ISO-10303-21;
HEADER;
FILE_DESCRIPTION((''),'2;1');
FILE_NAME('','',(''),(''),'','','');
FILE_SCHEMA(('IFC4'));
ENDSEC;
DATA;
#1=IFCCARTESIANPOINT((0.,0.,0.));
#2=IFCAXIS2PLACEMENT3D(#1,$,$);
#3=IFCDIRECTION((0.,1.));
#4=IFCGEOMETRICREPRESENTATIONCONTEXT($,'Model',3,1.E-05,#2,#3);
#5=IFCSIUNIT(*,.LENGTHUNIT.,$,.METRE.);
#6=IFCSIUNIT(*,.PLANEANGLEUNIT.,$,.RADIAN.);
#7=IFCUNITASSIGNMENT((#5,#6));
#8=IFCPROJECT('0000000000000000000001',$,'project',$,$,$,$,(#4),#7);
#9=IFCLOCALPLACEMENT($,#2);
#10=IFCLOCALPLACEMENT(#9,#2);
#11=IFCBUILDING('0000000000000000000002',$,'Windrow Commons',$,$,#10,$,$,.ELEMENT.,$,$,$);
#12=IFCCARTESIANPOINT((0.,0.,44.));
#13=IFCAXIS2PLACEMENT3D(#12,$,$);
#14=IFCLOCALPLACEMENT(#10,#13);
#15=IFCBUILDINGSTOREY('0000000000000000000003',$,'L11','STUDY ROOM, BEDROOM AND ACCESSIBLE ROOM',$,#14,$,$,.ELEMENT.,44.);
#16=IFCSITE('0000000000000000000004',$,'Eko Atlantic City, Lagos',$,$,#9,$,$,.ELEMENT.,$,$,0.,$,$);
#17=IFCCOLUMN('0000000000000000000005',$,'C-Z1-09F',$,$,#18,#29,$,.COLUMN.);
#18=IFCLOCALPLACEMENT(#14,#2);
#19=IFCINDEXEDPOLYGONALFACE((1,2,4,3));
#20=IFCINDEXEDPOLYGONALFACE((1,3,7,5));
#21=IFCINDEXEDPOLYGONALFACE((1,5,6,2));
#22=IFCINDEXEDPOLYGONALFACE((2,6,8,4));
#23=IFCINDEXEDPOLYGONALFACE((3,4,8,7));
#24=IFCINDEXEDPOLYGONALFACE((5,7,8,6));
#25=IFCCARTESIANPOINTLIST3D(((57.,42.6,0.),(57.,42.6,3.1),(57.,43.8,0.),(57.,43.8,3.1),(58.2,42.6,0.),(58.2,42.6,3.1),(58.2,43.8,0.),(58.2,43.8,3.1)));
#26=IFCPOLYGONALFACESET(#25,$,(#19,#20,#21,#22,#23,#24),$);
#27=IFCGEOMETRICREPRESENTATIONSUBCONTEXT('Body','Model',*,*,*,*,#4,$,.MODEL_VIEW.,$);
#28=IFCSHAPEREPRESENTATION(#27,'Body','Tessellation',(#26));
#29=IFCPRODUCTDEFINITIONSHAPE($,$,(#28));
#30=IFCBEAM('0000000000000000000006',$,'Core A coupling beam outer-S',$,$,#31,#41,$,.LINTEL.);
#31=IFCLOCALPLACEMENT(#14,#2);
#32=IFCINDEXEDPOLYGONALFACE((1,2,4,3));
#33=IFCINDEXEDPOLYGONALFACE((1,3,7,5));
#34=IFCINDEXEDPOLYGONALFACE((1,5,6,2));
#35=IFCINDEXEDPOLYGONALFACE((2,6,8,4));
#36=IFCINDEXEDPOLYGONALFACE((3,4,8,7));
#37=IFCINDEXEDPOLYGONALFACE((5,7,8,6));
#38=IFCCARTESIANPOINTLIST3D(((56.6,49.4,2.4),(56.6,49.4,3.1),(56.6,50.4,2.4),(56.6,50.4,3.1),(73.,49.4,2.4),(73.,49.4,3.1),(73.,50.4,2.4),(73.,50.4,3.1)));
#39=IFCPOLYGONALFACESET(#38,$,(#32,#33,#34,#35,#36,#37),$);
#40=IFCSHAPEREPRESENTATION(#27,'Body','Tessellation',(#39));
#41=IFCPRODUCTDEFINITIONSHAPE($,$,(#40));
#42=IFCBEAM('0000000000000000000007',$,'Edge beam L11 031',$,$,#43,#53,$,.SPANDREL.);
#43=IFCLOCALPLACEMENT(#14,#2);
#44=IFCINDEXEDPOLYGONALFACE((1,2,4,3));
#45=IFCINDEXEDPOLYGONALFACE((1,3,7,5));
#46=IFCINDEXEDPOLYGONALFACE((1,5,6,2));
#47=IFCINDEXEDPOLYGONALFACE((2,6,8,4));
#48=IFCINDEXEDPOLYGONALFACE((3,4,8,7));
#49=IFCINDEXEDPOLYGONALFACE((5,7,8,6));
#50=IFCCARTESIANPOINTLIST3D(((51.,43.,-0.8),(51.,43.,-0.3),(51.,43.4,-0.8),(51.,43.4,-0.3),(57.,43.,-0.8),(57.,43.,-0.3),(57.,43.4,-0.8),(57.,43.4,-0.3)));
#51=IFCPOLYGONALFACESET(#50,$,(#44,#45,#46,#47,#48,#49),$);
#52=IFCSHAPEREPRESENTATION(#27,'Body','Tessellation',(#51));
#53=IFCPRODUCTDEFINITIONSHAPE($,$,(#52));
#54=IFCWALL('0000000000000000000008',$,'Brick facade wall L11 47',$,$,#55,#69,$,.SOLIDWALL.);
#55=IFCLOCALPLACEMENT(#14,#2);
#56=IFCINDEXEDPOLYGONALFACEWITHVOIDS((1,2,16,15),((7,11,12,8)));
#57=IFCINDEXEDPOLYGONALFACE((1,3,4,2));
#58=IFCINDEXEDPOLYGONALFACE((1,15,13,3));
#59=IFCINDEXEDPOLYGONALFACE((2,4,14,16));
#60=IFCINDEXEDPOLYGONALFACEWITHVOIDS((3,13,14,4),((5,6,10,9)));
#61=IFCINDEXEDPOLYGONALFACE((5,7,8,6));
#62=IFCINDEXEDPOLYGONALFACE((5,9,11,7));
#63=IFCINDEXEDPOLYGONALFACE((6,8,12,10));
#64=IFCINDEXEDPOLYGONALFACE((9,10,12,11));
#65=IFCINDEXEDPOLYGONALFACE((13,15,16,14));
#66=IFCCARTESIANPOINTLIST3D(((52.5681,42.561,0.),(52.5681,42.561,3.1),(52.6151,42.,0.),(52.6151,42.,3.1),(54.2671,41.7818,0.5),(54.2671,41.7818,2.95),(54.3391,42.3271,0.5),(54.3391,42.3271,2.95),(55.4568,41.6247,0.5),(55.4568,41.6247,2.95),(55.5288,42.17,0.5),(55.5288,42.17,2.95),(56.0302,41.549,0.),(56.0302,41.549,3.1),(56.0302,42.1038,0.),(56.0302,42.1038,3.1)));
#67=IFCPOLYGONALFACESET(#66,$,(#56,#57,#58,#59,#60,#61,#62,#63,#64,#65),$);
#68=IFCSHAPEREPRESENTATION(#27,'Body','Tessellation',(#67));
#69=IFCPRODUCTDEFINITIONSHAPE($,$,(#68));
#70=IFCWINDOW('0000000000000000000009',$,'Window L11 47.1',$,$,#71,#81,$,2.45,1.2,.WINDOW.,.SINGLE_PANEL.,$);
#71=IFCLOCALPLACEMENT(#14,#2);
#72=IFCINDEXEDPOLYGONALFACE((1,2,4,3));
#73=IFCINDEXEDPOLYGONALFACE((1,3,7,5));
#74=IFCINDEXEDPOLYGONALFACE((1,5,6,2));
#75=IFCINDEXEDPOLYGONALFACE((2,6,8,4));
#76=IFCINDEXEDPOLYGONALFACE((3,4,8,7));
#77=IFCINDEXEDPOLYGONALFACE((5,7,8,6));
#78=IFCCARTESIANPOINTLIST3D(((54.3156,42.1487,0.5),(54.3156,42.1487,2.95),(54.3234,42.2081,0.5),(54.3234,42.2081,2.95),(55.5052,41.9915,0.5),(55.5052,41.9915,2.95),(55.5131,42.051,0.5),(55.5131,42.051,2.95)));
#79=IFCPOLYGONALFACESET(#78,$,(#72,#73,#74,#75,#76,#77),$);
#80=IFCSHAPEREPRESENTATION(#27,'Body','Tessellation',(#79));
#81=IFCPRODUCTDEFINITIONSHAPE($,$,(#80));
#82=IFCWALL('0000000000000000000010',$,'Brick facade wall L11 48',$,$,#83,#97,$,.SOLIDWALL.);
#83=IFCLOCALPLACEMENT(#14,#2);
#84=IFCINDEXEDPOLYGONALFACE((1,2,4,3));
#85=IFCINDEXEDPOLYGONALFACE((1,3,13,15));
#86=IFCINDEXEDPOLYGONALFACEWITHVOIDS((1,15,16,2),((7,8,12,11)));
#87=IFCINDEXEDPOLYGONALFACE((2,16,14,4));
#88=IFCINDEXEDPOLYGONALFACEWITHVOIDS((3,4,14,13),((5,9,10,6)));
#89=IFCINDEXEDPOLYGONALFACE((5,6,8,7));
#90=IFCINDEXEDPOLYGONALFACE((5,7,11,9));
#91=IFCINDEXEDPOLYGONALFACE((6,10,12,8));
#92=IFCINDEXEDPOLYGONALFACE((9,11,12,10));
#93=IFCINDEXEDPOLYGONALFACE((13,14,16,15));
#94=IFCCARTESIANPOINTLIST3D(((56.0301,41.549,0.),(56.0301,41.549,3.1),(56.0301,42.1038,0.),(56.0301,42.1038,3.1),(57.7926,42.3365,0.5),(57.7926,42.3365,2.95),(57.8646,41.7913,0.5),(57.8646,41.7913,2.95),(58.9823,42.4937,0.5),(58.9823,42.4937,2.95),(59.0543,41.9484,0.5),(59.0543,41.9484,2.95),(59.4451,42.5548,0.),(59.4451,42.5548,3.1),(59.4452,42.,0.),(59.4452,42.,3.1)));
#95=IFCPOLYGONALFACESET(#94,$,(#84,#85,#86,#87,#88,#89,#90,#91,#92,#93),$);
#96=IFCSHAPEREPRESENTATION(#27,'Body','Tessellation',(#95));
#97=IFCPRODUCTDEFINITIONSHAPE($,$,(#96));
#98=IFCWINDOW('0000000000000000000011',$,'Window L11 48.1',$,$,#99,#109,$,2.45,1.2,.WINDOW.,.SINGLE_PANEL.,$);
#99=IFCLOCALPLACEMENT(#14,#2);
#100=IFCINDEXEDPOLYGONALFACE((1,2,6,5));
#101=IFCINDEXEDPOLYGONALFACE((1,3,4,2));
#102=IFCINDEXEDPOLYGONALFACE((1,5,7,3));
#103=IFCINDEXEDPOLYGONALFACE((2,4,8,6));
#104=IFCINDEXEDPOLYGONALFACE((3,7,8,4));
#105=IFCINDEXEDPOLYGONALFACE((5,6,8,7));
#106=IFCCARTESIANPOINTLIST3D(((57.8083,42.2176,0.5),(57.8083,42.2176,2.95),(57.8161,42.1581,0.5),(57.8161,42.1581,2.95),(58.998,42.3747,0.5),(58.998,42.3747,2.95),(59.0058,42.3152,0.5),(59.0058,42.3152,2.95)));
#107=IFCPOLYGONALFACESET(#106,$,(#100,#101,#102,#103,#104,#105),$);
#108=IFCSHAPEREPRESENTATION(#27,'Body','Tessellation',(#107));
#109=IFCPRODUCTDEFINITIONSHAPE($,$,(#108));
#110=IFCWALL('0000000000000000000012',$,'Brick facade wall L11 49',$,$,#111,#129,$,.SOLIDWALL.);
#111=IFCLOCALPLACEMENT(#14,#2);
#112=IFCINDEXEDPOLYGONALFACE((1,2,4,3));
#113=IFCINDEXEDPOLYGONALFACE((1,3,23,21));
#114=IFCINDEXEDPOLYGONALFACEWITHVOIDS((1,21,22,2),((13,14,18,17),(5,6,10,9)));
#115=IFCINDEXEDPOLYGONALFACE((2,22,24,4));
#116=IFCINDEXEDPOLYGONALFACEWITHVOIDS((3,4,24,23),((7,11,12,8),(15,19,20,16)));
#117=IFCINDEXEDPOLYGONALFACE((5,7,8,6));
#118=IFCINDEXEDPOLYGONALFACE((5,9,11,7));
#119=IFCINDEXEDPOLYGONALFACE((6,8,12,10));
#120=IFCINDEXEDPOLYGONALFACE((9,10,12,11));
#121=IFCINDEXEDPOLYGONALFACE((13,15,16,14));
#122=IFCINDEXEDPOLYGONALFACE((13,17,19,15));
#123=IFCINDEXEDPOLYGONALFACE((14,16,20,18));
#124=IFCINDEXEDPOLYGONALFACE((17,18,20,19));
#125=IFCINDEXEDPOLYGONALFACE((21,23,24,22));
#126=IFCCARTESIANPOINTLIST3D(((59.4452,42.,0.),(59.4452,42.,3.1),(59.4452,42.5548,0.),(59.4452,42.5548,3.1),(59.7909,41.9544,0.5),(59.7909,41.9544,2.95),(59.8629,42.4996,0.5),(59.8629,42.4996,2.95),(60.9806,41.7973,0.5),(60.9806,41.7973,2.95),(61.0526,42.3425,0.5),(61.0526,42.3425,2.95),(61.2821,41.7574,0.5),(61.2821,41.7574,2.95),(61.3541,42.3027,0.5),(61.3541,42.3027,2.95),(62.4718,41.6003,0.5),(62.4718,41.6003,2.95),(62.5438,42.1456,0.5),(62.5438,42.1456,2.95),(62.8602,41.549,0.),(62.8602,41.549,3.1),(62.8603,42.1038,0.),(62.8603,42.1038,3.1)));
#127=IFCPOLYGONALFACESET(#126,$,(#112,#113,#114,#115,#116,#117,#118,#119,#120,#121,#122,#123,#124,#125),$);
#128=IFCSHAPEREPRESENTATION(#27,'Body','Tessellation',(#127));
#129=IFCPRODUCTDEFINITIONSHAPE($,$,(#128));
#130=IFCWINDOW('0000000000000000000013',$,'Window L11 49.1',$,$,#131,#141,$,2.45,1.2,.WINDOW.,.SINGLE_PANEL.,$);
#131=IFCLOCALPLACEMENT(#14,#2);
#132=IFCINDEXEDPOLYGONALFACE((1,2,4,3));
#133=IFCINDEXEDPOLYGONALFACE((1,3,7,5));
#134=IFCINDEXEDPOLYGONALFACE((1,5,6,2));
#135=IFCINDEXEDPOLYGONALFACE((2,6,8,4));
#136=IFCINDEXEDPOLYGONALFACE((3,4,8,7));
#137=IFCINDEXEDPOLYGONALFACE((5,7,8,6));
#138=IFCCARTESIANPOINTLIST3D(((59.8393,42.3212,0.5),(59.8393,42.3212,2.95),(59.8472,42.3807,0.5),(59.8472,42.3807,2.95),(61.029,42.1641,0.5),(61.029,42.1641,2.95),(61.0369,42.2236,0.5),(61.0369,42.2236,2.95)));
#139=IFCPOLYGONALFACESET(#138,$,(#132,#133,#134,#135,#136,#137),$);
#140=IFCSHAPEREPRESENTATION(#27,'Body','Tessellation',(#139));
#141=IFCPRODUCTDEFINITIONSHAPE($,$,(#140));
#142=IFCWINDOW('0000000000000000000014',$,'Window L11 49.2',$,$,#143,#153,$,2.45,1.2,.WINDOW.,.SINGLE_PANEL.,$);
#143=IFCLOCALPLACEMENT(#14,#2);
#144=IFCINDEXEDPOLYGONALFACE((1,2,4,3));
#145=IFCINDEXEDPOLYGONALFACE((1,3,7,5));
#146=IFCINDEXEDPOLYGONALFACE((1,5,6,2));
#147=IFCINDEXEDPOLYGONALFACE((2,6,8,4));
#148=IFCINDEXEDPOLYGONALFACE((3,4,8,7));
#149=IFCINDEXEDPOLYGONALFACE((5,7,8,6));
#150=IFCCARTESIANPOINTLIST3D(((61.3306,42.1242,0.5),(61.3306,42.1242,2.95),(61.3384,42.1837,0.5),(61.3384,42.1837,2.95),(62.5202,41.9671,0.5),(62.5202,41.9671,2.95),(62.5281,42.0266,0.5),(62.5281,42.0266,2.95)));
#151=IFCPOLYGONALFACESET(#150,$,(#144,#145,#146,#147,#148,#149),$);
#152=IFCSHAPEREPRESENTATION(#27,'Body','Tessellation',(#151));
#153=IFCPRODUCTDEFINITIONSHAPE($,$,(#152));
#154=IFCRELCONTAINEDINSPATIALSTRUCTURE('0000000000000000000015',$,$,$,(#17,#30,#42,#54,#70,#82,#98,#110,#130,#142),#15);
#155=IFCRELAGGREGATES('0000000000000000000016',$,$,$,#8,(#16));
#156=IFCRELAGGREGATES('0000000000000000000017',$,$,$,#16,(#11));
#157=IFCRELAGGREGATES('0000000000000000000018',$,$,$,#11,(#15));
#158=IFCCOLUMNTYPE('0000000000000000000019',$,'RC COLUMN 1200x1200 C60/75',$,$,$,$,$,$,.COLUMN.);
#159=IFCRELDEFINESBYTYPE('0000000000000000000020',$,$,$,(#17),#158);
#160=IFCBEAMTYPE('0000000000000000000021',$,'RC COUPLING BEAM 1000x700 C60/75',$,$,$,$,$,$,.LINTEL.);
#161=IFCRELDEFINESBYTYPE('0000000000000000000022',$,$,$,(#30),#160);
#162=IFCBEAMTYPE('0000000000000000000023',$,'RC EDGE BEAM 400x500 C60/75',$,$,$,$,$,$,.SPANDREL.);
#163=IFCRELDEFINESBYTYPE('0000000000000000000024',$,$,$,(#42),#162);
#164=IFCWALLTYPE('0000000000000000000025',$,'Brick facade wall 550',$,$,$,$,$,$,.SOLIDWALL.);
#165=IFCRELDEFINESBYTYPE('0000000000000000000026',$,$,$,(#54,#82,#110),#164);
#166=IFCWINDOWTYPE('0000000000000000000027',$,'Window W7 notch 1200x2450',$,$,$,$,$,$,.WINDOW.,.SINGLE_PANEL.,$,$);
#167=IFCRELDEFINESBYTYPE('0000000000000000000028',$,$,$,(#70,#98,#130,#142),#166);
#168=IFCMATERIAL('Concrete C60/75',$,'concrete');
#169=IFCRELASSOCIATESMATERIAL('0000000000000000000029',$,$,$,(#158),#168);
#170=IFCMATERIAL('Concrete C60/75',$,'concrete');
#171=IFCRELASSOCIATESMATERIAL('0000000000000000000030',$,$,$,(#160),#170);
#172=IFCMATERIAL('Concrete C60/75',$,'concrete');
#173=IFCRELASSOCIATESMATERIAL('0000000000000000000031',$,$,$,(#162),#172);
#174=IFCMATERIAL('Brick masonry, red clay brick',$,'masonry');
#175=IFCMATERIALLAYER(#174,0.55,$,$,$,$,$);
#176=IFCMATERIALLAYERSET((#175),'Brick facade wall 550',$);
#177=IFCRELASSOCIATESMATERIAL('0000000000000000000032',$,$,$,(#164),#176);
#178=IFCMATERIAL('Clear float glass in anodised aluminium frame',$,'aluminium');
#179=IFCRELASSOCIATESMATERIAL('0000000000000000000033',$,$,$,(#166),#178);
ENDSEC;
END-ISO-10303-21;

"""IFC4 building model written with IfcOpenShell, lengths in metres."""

from ifc_helpers import new_model, si_unit, direction, frame, frame_2d, origin, origin_2d, place, context, subcontext, project, spatial, polyline, rectangle, outline, extrude, material, layer, layer_set, material_profile, profile_set, type_object, element, fill, save


model = new_model("IFC4")

# Units and contexts
model_context = context("Model", 3, precision=1e-05, world=origin(), true_north=direction((0.0, 1.0)))
body_context = subcontext(model_context, "Body", "Model", "MODEL_VIEW")
ifc_project = project(units=[si_unit("LENGTHUNIT", "METRE"), si_unit("PLANEANGLEUNIT", "RADIAN")], contexts=[model_context])

# Site, building, storey
site_placement = place(None, origin())
site = spatial("IfcSite", under=ifc_project, at=site_placement, Name="Eko Atlantic City, Lagos", CompositionType="ELEMENT", RefElevation=0.0)
building_placement = place(site_placement, origin())
building = spatial("IfcBuilding", under=site, at=building_placement, Name="Windrow Commons", CompositionType="ELEMENT")
storey_placement = place(building_placement, frame((0.0, 0.0, 44.0)))
storey = spatial("IfcBuildingStorey", under=building, at=storey_placement, Name="L11", Description="STUDY ROOM, BEDROOM AND ACCESSIBLE ROOM", CompositionType="ELEMENT", Elevation=44.0)

# Column
ifc_material_1 = material(Name="Concrete C60/75", Category="concrete")
ifc_material_profile_1 = material_profile(ifc_material_1, rectangle(XDim=1.2, YDim=1.2, at=origin_2d()))
ifc_profile_set_1 = profile_set([ifc_material_profile_1], Name="Concrete C60/75")
column_type = type_object("IfcColumnType", Name="RC COLUMN 1200x1200 C60/75", PredefinedType="COLUMN", material=ifc_profile_set_1)
column_placement = place(storey_placement, frame((57.6, 43.2, 0.0), z_axis=(0.0, 0.0, 1.0), x_axis=(1.0, 0.0, 0.0)))
element("IfcColumn", 1, at=column_placement, inside=storey, type_object=column_type, Name="C-Z1-09F", PredefinedType="COLUMN", context=body_context, shape_type="SweptSolid", body=[
    extrude(rectangle(XDim=1.2, YDim=1.2, at=origin_2d()), origin(), (0.0, 0.0, 1.0), 3.1),
])

# Beams
ifc_material_2 = material(Name="Concrete C60/75", Category="concrete")
ifc_material_profile_2 = material_profile(ifc_material_2, rectangle(XDim=1.0, YDim=0.7, at=origin_2d()))
ifc_profile_set_2 = profile_set([ifc_material_profile_2], Name="Concrete C60/75")
beam_type_1 = type_object("IfcBeamType", Name="RC COUPLING BEAM 1000x700 C60/75", PredefinedType="LINTEL", material=ifc_profile_set_2)
beam_1_placement = place(storey_placement, frame((56.6, 49.9, 2.75), z_axis=(1.0, 0.0, 0.0), x_axis=(0.0, 1.0, 0.0)))
element("IfcBeam", 2, at=beam_1_placement, inside=storey, type_object=beam_type_1, Name="Core A coupling beam outer-S", PredefinedType="LINTEL", context=body_context, shape_type="SweptSolid", body=[
    extrude(rectangle(XDim=1.0, YDim=0.7, at=origin_2d()), origin(), (0.0, 0.0, 1.0), 16.4),
])
ifc_material_3 = material(Name="Concrete C60/75", Category="concrete")
ifc_material_profile_3 = material_profile(ifc_material_3, rectangle(XDim=0.4, YDim=0.5, at=origin_2d()))
ifc_profile_set_3 = profile_set([ifc_material_profile_3], Name="Concrete C60/75")
beam_type_2 = type_object("IfcBeamType", Name="RC EDGE BEAM 400x500 C60/75", PredefinedType="SPANDREL", material=ifc_profile_set_3)
beam_2_placement = place(storey_placement, frame((57.0, 43.2, -0.55), z_axis=(-1.0, 0.0, 0.0), x_axis=(0.0, -1.0, 0.0)))
element("IfcBeam", 3, at=beam_2_placement, inside=storey, type_object=beam_type_2, Name="Edge beam L11 031", PredefinedType="SPANDREL", context=body_context, shape_type="SweptSolid", body=[
    extrude(rectangle(XDim=0.4, YDim=0.5, at=origin_2d()), origin(), (0.0, 0.0, 1.0), 6.0),
])

# Walls, openings, windows
ifc_material_4 = material(Name="Brick masonry, red clay brick", Category="masonry")
ifc_layer_1 = layer(ifc_material_4, 0.55)
ifc_layer_set_1 = layer_set([ifc_layer_1], Name="Brick facade wall 550")
wall_type_1 = type_object("IfcWallType", Name="Brick facade wall 550", PredefinedType="SOLIDWALL", material=ifc_layer_set_1)
wall_1_placement = place(storey_placement, frame((52.5916, 42.2805, 0.0), z_axis=(0.0, 0.0, 1.0), x_axis=(0.991392, -0.130927, 0.0)))
wall_1 = element("IfcWall", 4, at=wall_1_placement, inside=storey, type_object=wall_type_1, Name="Brick facade wall L11 47", PredefinedType="SOLIDWALL", context=body_context, shape_type="SweptSolid", body=[
    extrude(outline(polyline([(0.06, -0.275), (3.5048, -0.275), (3.4321, 0.275), (-0.06, 0.275), (0.06, -0.275)])), origin(), (0.0, 0.0, 1.0), 3.1),
])
opening_1_placement = place(wall_1_placement, frame((1.7264, 0.0, 0.5)))
opening_1 = element("IfcOpeningElement", 5, at=opening_1_placement, cuts=wall_1, PredefinedType="OPENING", context=body_context, shape_type="SweptSolid", body=[
    extrude(rectangle(XDim=1.2, YDim=2.45, at=frame_2d((0.6, 1.225))), frame((0.0, 0.285, 0.0), z_axis=(0.0, -1.0, 0.0), x_axis=(1.0, 0.0, 0.0)), (0.0, 0.0, 1.0), 0.57),
])
ifc_material_5 = material(Name="Clear float glass in anodised aluminium frame", Category="aluminium")
window_type = type_object("IfcWindowType", Name="Window W7 notch 1200x2450", PartitioningType="SINGLE_PANEL", PredefinedType="WINDOW", material=ifc_material_5)
window_1_placement = place(opening_1_placement, origin())
window_1 = element("IfcWindow", 6, at=window_1_placement, inside=storey, type_object=window_type, Name="Window L11 47.1", OverallHeight=2.45, OverallWidth=1.2, PartitioningType="SINGLE_PANEL", PredefinedType="WINDOW", context=body_context, shape_type="SweptSolid", body=[
    extrude(rectangle(XDim=1.2, YDim=2.45, at=frame_2d((0.6, 1.225))), frame((0.0, 0.155, 0.0), z_axis=(0.0, -1.0, 0.0), x_axis=(1.0, 0.0, 0.0)), (0.0, 0.0, 1.0), 0.06),
])
fill(opening_1, window_1)
wall_2_placement = place(storey_placement, frame((56.0301, 41.8264, 0.0), z_axis=(0.0, 0.0, 1.0), x_axis=(0.991392, 0.130924, 0.0)))
wall_2 = element("IfcWall", 7, at=wall_2_placement, inside=storey, type_object=wall_type_1, Name="Brick facade wall L11 48", PredefinedType="SOLIDWALL", context=body_context, shape_type="SweptSolid", body=[
    extrude(outline(polyline([(-0.0363, -0.275), (3.4084, -0.275), (3.481, 0.275), (0.0363, 0.275), (-0.0363, -0.275)])), origin(), (0.0, 0.0, 1.0), 3.1),
])
opening_2_placement = place(wall_2_placement, frame((1.8141, 0.0, 0.5)))
opening_2 = element("IfcOpeningElement", 8, at=opening_2_placement, cuts=wall_2, PredefinedType="OPENING", context=body_context, shape_type="SweptSolid", body=[
    extrude(rectangle(XDim=1.2, YDim=2.45, at=frame_2d((0.6, 1.225))), frame((0.0, 0.285, 0.0), z_axis=(0.0, -1.0, 0.0), x_axis=(1.0, 0.0, 0.0)), (0.0, 0.0, 1.0), 0.57),
])
window_2_placement = place(opening_2_placement, origin())
window_2 = element("IfcWindow", 9, at=window_2_placement, inside=storey, type_object=window_type, Name="Window L11 48.1", OverallHeight=2.45, OverallWidth=1.2, PartitioningType="SINGLE_PANEL", PredefinedType="WINDOW", context=body_context, shape_type="SweptSolid", body=[
    extrude(rectangle(XDim=1.2, YDim=2.45, at=frame_2d((0.6, 1.225))), frame((0.0, 0.155, 0.0), z_axis=(0.0, -1.0, 0.0), x_axis=(1.0, 0.0, 0.0)), (0.0, 0.0, 1.0), 0.06),
])
fill(opening_2, window_2)

# Wall, openings, windows
wall_3_placement = place(storey_placement, frame((59.4452, 42.2774, 0.0), z_axis=(0.0, 0.0, 1.0), x_axis=(0.991392, -0.130924, 0.0)))
wall_3 = element("IfcWall", 10, at=wall_3_placement, inside=storey, type_object=wall_type_1, Name="Brick facade wall L11 49", PredefinedType="SOLIDWALL", context=body_context, shape_type="SweptSolid", body=[
    extrude(outline(polyline([(0.0363, -0.275), (3.481, -0.275), (3.4084, 0.275), (-0.0363, 0.275), (0.0363, -0.275)])), origin(), (0.0, 0.0, 1.0), 3.1),
])
opening_3_placement = place(wall_3_placement, frame((0.385, 0.0, 0.5)))
opening_3 = element("IfcOpeningElement", 11, at=opening_3_placement, cuts=wall_3, PredefinedType="OPENING", context=body_context, shape_type="SweptSolid", body=[
    extrude(rectangle(XDim=1.2, YDim=2.45, at=frame_2d((0.6, 1.225))), frame((0.0, 0.285, 0.0), z_axis=(0.0, -1.0, 0.0), x_axis=(1.0, 0.0, 0.0)), (0.0, 0.0, 1.0), 0.57),
])
opening_4_placement = place(wall_3_placement, frame((1.8892, 0.0, 0.5)))
opening_4 = element("IfcOpeningElement", 12, at=opening_4_placement, cuts=wall_3, PredefinedType="OPENING", context=body_context, shape_type="SweptSolid", body=[
    extrude(rectangle(XDim=1.2, YDim=2.45, at=frame_2d((0.6, 1.225))), frame((0.0, 0.285, 0.0), z_axis=(0.0, -1.0, 0.0), x_axis=(1.0, 0.0, 0.0)), (0.0, 0.0, 1.0), 0.57),
])
window_3_placement = place(opening_3_placement, origin())
window_3 = element("IfcWindow", 13, at=window_3_placement, inside=storey, type_object=window_type, Name="Window L11 49.1", OverallHeight=2.45, OverallWidth=1.2, PartitioningType="SINGLE_PANEL", PredefinedType="WINDOW", context=body_context, shape_type="SweptSolid", body=[
    extrude(rectangle(XDim=1.2, YDim=2.45, at=frame_2d((0.6, 1.225))), frame((0.0, 0.155, 0.0), z_axis=(0.0, -1.0, 0.0), x_axis=(1.0, 0.0, 0.0)), (0.0, 0.0, 1.0), 0.06),
])
fill(opening_3, window_3)
window_4_placement = place(opening_4_placement, origin())
window_4 = element("IfcWindow", 14, at=window_4_placement, inside=storey, type_object=window_type, Name="Window L11 49.2", OverallHeight=2.45, OverallWidth=1.2, PartitioningType="SINGLE_PANEL", PredefinedType="WINDOW", context=body_context, shape_type="SweptSolid", body=[
    extrude(rectangle(XDim=1.2, YDim=2.45, at=frame_2d((0.6, 1.225))), frame((0.0, 0.155, 0.0), z_axis=(0.0, -1.0, 0.0), x_axis=(1.0, 0.0, 0.0)), (0.0, 0.0, 1.0), 0.06),
])
fill(opening_4, window_4)

save(model, "model.ifc")
